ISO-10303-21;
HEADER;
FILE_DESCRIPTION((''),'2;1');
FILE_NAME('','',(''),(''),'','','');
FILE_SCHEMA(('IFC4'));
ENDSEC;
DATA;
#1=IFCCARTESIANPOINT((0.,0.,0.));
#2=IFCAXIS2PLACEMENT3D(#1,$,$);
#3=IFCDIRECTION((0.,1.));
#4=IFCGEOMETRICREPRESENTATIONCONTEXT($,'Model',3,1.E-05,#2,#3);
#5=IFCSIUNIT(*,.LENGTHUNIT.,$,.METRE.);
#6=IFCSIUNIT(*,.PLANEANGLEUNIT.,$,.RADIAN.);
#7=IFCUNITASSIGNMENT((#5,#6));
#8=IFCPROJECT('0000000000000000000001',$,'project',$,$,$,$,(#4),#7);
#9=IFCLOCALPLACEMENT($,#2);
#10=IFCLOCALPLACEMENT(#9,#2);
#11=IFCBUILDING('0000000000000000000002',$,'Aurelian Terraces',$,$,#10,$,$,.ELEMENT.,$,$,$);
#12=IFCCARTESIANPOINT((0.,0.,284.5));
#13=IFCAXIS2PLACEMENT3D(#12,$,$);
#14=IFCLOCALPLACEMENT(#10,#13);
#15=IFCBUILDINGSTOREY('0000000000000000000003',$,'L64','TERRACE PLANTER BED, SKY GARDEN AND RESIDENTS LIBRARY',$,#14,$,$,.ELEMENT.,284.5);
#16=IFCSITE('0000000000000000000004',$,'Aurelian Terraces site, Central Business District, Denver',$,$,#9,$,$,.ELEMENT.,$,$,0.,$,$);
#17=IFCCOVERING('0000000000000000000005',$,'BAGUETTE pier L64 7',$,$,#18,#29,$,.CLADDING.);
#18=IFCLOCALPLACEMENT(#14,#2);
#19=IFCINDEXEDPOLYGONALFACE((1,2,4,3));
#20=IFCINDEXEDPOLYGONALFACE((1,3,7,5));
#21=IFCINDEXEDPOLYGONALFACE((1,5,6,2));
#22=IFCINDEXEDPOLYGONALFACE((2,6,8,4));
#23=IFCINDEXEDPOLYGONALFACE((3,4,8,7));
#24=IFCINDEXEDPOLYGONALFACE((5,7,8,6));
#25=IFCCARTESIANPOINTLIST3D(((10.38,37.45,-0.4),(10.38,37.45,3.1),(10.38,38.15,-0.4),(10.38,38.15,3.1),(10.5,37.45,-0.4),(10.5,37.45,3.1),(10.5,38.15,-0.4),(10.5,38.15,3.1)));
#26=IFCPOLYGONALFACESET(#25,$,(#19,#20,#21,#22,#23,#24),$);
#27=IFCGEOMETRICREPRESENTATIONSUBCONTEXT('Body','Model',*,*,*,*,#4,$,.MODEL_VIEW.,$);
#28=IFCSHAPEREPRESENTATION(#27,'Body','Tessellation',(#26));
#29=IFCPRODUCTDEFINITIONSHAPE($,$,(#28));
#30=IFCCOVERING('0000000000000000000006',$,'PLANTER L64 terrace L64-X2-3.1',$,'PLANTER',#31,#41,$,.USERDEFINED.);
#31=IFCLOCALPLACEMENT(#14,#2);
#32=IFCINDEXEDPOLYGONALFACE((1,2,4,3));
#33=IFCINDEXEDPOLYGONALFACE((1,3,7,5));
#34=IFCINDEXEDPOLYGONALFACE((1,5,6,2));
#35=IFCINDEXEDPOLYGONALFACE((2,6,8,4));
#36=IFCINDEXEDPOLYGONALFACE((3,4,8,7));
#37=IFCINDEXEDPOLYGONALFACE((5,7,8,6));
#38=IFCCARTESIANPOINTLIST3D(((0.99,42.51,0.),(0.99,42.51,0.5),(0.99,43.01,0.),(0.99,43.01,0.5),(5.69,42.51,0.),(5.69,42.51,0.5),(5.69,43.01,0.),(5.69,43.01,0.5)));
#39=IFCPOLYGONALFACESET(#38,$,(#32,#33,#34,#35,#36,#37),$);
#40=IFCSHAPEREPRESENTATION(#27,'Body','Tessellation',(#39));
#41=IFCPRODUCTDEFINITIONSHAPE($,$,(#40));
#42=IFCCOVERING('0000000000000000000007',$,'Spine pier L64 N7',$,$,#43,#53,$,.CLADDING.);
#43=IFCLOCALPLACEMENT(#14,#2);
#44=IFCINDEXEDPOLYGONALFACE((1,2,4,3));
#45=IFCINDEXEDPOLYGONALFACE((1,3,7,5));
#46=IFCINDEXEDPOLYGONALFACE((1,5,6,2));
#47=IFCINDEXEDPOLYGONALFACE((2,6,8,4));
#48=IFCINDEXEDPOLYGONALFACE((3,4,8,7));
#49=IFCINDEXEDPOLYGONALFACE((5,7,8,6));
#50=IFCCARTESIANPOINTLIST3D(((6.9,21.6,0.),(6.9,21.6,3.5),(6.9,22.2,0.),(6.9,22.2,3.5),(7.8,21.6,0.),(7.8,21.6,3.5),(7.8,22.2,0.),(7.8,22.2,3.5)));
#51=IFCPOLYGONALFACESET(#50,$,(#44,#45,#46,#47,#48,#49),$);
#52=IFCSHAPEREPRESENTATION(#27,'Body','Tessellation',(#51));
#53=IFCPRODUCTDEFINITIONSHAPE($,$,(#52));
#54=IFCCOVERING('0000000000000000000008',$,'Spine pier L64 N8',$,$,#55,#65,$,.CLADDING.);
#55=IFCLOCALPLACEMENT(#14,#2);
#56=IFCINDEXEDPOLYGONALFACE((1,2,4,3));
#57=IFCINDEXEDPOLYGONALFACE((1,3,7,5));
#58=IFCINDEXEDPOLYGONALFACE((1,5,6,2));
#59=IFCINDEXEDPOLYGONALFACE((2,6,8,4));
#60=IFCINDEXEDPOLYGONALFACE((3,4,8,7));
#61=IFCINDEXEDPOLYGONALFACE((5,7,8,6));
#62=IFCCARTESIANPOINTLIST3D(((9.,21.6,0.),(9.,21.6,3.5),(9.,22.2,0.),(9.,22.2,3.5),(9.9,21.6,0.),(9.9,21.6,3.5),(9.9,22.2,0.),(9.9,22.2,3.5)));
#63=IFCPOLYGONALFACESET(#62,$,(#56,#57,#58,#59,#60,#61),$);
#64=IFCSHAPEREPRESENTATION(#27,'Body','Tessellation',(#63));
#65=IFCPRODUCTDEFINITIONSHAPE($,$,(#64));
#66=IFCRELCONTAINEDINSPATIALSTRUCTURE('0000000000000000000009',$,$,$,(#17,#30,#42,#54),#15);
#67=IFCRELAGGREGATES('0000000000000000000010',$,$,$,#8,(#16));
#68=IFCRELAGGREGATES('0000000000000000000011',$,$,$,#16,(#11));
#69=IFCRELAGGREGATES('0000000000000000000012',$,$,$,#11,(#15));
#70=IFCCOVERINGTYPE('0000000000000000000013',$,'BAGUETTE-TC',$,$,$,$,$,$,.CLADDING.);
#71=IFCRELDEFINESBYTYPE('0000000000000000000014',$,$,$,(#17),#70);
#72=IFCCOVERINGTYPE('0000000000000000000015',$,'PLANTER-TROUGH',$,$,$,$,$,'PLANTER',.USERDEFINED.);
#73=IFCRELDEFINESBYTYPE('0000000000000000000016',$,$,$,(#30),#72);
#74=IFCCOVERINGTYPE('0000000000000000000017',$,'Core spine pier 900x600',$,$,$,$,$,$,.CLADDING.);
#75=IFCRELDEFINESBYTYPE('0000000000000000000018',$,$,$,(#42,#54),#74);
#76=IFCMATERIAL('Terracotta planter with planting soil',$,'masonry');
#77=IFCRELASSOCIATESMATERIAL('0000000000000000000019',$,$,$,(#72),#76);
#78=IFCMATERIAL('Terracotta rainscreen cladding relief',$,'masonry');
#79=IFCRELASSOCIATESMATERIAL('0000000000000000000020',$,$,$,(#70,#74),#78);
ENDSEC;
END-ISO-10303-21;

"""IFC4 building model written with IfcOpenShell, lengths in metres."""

from ifc_helpers import new_model, si_unit, direction, frame, origin, origin_2d, place, context, subcontext, project, spatial, rectangle, extrude, source, transform, mapped, material, type_object, element, save


model = new_model("IFC4")

# Units and contexts
model_context = context("Model", 3, precision=1e-05, world=origin(), true_north=direction((0.0, 1.0)))
body_context = subcontext(model_context, "Body", "Model", "MODEL_VIEW")
ifc_project = project(units=[si_unit("LENGTHUNIT", "METRE"), si_unit("PLANEANGLEUNIT", "RADIAN")], contexts=[model_context])

# Site, building, storey
site_placement = place(None, origin())
site = spatial("IfcSite", under=ifc_project, at=site_placement, Name="Aurelian Terraces site, Central Business District, Denver", CompositionType="ELEMENT", RefElevation=0.0)
building_placement = place(site_placement, origin())
building = spatial("IfcBuilding", under=site, at=building_placement, Name="Aurelian Terraces", CompositionType="ELEMENT")
storey_placement = place(building_placement, frame((0.0, 0.0, 284.5)))
storey = spatial("IfcBuildingStorey", under=building, at=storey_placement, Name="L64", Description="TERRACE PLANTER BED, SKY GARDEN AND RESIDENTS LIBRARY", CompositionType="ELEMENT", Elevation=284.5)

# Shared definitions
ifc_material_1 = material(Name="Terracotta planter with planting soil", Category="masonry")
covering_type_1 = type_object("IfcCoveringType", Name="PLANTER-TROUGH", ElementType="PLANTER", PredefinedType="USERDEFINED", material=ifc_material_1)

# Coverings
ifc_material_2 = material(Name="Terracotta rainscreen cladding relief", Category="masonry")
covering_type_2 = type_object("IfcCoveringType", Name="BAGUETTE-TC", PredefinedType="CLADDING", material=ifc_material_2)
shared_shape_1 = source(origin(), body_context, "Body", "SweptSolid", [
    extrude(rectangle(XDim=0.12, YDim=0.7, at=origin_2d()), origin(), (0.0, 0.0, 1.0), 3.5),
])
for number, where, z_axis, x_axis, name in (
    (1, (10.44, 37.8, -0.4), (0.0, 0.0, 1.0), (1.0, 0.0, 0.0), "BAGUETTE pier L64 7"),
):
    element("IfcCovering", number, at=place(storey_placement, frame(where, z_axis=z_axis, x_axis=x_axis)), inside=storey, type_object=covering_type_2, Name=name, PredefinedType="CLADDING", context=body_context, shape_type="MappedRepresentation", body=[
        mapped(shared_shape_1, transform((0.0, 0.0, 0.0), scale=1.0)),
    ])
shared_shape_2 = source(origin(), body_context, "Body", "SweptSolid", [
    extrude(rectangle(XDim=4.7, YDim=0.5, at=origin_2d()), origin(), (0.0, 0.0, 1.0), 0.5),
])
covering_1_placement = place(storey_placement, frame((3.34, 42.76, 0.0), z_axis=(0.0, 0.0, 1.0), x_axis=(1.0, 0.0, 0.0)))
element("IfcCovering", 2, at=covering_1_placement, inside=storey, type_object=covering_type_1, Name="PLANTER L64 terrace L64-X2-3.1", ObjectType="PLANTER", PredefinedType="USERDEFINED", context=body_context, shape_type="MappedRepresentation", body=[
    mapped(shared_shape_2, transform((0.0, 0.0, 0.0), scale=1.0)),
])
covering_type_3 = type_object("IfcCoveringType", Name="Core spine pier 900x600", PredefinedType="CLADDING", material=ifc_material_2)
shared_shape_3 = source(origin(), body_context, "Body", "SweptSolid", [
    extrude(rectangle(XDim=0.9, YDim=0.6, at=origin_2d()), origin(), (0.0, 0.0, 1.0), 3.5),
])
for number, where, z_axis, x_axis, name in (
    (3, (7.35, 21.9, 0.0), (0.0, 0.0, 1.0), (1.0, 0.0, 0.0), "Spine pier L64 N7"),
    (4, (9.45, 21.9, 0.0), (0.0, 0.0, 1.0), (1.0, 0.0, 0.0), "Spine pier L64 N8"),
):
    element("IfcCovering", number, at=place(storey_placement, frame(where, z_axis=z_axis, x_axis=x_axis)), inside=storey, type_object=covering_type_3, Name=name, PredefinedType="CLADDING", context=body_context, shape_type="MappedRepresentation", body=[
        mapped(shared_shape_3, transform((0.0, 0.0, 0.0), scale=1.0)),
    ])

save(model, "model.ifc")
